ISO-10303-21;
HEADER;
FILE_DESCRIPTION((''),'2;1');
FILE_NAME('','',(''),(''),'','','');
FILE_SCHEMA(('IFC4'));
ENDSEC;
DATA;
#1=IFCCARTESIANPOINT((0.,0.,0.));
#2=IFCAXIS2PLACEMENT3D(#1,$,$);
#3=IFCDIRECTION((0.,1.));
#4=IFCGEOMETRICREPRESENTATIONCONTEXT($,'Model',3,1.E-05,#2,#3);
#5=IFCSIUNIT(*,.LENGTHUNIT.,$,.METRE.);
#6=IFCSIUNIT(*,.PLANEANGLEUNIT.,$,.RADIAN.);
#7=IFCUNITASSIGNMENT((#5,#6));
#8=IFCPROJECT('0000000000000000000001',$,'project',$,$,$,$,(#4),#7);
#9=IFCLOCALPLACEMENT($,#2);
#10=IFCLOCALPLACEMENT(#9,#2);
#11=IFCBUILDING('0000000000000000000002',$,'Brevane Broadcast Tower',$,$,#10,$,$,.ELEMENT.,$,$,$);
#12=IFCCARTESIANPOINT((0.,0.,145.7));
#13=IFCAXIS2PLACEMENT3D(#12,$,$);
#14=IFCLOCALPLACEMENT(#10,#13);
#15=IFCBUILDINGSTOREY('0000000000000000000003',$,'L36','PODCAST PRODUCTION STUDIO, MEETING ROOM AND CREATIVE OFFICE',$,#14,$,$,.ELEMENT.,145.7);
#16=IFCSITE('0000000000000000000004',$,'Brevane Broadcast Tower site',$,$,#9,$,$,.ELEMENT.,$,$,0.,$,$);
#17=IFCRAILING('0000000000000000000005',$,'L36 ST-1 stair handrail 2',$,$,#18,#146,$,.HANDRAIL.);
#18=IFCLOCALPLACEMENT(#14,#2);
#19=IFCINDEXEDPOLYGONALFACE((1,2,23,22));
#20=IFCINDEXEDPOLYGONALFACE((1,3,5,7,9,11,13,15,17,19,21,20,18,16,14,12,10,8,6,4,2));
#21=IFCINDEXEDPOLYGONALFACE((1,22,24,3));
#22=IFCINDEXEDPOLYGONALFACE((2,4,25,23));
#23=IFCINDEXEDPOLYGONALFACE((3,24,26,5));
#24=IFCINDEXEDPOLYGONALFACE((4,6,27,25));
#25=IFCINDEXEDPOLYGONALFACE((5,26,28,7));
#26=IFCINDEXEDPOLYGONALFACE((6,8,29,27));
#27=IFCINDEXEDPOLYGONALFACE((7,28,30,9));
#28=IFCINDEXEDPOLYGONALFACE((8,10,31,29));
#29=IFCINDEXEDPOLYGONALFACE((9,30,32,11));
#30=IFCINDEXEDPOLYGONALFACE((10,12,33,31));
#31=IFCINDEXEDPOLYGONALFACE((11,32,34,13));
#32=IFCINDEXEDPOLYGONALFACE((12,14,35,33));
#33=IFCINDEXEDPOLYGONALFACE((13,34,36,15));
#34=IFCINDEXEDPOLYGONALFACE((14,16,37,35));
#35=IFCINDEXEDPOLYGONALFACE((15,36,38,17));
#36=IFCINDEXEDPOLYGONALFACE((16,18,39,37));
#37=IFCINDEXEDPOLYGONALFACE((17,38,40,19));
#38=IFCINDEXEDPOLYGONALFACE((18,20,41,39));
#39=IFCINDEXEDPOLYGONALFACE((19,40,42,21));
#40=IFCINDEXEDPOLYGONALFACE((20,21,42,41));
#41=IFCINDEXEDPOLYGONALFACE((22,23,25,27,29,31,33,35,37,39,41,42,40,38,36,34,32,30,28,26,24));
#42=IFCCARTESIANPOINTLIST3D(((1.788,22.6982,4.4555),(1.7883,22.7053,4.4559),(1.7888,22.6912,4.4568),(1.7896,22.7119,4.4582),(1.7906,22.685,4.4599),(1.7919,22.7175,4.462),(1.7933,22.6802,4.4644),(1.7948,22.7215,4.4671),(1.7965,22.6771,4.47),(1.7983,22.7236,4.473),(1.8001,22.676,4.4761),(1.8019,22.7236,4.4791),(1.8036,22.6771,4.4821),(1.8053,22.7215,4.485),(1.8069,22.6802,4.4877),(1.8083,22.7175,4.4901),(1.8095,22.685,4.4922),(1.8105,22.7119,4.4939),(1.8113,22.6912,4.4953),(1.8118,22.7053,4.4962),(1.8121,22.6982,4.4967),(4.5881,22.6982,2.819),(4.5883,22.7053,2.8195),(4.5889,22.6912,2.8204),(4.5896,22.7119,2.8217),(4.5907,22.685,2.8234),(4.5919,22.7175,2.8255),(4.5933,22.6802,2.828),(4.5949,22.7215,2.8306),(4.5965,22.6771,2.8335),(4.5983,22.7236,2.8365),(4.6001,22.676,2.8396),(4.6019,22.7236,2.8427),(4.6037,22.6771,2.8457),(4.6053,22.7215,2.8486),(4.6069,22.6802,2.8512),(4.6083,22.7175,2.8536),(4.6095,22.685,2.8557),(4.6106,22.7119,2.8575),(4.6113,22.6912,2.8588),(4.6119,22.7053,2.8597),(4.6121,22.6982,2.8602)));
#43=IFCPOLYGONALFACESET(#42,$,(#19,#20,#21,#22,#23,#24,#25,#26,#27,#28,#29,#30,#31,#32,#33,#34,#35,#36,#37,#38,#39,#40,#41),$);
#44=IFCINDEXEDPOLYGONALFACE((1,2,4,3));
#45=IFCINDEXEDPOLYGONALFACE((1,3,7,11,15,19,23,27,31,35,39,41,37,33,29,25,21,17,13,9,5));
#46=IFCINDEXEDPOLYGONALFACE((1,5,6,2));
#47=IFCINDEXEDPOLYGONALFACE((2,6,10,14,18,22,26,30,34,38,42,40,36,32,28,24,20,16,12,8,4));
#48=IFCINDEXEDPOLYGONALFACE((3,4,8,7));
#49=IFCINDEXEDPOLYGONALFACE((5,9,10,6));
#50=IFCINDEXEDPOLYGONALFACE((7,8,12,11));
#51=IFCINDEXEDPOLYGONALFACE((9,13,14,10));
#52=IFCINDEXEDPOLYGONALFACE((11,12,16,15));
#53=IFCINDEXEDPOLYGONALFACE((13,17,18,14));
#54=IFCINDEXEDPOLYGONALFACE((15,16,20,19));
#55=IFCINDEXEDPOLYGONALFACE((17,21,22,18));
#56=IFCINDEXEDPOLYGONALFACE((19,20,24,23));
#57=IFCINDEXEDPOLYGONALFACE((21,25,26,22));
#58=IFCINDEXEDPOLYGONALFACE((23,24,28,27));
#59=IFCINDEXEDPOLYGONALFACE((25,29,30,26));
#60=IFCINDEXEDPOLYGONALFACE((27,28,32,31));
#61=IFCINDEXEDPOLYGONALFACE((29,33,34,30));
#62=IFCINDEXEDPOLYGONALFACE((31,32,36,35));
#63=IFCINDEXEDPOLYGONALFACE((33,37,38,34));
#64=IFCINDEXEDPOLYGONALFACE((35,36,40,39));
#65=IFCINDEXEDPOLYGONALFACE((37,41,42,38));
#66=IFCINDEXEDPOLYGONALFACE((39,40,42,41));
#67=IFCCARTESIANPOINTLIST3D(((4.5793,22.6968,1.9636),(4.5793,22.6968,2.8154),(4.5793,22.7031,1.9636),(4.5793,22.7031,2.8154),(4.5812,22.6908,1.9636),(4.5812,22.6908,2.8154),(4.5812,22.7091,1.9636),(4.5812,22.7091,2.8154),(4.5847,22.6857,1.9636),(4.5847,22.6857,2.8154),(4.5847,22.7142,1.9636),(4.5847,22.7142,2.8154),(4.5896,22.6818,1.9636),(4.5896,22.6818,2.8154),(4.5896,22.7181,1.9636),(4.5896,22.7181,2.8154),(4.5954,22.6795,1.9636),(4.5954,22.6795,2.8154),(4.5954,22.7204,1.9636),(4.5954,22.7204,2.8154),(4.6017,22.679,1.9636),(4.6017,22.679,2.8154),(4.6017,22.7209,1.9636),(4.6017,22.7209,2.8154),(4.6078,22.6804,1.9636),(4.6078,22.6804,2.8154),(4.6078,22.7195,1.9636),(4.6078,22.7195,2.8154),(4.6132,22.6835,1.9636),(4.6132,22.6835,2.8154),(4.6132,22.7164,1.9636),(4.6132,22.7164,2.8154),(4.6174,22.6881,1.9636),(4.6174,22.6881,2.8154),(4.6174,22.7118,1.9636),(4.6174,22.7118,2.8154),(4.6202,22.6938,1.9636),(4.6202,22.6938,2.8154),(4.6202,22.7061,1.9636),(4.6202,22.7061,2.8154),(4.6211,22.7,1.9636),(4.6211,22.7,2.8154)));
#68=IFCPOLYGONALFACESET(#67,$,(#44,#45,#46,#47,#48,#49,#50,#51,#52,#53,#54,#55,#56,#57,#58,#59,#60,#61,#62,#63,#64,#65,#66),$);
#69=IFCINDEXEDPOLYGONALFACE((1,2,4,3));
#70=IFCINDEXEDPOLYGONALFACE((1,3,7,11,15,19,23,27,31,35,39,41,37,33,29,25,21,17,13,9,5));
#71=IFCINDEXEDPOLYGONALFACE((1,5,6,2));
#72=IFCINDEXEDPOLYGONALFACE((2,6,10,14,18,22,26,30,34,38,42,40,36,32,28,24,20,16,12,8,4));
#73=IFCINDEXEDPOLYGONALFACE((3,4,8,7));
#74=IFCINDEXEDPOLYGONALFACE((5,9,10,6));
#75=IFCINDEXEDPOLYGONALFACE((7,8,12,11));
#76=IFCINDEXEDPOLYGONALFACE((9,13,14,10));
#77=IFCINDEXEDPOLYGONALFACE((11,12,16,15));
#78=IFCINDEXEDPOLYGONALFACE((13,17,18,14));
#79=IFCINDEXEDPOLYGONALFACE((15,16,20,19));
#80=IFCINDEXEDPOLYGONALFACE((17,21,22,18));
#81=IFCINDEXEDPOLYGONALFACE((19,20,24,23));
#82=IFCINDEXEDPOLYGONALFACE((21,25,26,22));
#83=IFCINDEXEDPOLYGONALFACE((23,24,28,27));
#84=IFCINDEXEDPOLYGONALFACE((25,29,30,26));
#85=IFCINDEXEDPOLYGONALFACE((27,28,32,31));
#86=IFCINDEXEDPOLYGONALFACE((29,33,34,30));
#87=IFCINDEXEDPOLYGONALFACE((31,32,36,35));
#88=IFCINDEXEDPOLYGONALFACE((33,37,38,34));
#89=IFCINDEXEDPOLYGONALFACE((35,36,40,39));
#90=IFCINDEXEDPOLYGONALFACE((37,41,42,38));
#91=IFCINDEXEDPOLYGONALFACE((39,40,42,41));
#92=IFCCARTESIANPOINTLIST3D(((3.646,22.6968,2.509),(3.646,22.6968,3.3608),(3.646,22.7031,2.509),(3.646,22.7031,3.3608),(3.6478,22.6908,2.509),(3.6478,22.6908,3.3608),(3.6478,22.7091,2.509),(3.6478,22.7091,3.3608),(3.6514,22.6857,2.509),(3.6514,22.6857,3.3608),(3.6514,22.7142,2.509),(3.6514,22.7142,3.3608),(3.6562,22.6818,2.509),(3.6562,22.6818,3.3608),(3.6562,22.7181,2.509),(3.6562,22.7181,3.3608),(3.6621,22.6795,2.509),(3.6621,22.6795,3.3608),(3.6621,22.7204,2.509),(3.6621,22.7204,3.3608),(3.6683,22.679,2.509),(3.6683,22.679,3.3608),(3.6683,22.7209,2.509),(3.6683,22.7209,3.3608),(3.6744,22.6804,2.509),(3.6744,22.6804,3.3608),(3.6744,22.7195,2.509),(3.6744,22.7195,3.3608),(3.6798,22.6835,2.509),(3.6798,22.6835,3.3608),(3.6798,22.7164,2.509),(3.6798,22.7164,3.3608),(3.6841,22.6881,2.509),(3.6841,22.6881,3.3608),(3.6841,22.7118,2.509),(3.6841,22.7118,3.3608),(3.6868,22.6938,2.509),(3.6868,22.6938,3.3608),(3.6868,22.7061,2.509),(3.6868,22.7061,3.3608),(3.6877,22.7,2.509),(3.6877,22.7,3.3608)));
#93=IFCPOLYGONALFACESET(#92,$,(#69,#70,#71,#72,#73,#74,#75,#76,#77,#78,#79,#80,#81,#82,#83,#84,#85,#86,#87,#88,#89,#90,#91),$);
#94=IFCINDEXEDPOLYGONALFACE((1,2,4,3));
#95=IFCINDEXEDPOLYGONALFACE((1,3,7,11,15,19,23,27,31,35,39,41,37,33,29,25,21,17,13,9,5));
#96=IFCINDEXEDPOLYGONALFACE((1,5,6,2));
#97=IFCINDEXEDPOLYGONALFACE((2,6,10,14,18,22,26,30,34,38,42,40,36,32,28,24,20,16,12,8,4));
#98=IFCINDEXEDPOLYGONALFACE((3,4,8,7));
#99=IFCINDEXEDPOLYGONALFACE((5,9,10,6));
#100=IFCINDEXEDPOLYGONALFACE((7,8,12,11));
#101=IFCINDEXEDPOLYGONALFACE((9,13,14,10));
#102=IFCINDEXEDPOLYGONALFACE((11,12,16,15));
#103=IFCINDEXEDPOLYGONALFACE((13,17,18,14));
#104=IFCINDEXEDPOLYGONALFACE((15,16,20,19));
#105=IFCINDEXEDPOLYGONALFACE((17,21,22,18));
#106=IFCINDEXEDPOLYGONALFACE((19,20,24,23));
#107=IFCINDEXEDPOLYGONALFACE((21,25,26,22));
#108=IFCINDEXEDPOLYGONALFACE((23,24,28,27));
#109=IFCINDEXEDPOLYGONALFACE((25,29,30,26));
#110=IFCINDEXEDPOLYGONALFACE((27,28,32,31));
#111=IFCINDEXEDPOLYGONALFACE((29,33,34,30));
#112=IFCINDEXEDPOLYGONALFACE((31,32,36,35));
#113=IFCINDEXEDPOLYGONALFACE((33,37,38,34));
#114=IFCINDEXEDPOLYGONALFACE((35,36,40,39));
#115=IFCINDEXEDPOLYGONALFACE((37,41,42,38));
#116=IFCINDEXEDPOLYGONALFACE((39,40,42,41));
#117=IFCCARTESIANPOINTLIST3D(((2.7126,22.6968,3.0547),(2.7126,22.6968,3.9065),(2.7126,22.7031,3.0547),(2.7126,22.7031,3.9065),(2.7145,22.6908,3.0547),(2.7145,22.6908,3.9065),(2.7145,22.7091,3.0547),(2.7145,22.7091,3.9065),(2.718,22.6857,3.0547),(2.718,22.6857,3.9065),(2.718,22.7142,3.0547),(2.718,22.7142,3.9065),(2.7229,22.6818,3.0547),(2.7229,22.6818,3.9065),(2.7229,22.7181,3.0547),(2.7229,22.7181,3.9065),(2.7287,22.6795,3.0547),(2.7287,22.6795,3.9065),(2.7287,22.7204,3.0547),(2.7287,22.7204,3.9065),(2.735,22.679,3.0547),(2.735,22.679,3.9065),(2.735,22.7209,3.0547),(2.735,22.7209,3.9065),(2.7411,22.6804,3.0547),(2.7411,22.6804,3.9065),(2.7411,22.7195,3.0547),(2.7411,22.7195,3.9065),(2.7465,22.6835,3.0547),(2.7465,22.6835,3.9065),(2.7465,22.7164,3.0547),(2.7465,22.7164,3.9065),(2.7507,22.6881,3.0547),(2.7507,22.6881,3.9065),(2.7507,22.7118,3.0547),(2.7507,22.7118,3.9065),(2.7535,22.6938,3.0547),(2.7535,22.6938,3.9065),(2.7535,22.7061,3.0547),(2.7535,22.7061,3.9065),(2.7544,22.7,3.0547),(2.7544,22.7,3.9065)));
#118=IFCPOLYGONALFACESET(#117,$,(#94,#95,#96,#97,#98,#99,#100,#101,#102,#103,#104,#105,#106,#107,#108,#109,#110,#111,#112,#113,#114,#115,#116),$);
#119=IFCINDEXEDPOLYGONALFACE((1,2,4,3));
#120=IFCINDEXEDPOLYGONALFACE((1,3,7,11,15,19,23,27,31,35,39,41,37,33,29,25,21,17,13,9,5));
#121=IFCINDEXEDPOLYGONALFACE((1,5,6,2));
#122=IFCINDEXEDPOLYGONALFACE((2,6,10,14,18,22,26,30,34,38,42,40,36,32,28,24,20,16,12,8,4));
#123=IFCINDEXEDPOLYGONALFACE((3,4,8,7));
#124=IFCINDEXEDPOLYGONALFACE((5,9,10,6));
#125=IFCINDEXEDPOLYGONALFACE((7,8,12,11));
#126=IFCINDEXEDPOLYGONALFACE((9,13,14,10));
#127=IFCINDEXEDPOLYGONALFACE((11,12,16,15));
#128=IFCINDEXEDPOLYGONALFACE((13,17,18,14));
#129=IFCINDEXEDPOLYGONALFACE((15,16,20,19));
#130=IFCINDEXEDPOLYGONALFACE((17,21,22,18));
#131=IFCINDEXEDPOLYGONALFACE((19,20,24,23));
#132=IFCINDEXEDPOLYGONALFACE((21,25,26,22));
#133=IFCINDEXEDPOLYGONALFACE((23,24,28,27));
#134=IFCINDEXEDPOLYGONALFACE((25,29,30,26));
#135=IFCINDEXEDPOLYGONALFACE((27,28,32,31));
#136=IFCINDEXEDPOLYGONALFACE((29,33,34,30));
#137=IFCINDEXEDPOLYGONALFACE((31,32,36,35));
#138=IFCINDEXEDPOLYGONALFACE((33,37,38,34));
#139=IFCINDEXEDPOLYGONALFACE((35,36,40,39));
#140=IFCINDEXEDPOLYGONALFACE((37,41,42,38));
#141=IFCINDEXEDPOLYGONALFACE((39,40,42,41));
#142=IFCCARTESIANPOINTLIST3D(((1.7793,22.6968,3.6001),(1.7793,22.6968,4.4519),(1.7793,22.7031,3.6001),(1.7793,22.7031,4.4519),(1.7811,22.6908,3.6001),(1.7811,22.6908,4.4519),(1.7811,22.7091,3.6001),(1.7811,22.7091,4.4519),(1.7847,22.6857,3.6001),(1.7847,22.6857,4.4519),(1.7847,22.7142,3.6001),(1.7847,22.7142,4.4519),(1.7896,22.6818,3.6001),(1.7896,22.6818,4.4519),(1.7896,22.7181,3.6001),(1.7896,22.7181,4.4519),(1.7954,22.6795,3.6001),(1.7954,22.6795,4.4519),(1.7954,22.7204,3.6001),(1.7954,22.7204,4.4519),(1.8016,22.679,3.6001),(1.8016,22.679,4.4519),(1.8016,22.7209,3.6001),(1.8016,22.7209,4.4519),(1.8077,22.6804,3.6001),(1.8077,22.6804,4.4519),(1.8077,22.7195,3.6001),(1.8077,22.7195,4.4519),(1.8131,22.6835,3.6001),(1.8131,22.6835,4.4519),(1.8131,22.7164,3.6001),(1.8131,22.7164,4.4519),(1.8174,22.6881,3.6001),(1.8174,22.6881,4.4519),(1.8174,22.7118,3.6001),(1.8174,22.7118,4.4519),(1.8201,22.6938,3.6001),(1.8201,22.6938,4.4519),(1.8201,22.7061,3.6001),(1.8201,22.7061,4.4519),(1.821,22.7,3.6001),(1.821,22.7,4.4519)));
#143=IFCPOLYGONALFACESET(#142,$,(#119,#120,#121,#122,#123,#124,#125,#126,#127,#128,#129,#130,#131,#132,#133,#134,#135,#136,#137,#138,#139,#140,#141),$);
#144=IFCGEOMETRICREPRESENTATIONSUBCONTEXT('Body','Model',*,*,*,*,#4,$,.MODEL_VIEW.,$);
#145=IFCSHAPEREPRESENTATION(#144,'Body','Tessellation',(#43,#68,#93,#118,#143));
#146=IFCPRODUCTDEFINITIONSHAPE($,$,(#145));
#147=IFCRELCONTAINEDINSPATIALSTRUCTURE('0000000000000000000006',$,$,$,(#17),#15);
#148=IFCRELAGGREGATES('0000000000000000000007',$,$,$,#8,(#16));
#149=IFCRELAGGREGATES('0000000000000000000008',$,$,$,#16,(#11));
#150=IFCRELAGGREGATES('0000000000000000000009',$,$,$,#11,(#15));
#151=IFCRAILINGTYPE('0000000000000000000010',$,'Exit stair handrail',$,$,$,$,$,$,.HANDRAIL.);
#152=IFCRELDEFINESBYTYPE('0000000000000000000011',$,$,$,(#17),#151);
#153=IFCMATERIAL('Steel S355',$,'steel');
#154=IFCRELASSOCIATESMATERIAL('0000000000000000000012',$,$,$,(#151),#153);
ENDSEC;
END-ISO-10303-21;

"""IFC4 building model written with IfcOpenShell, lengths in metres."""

from ifc_helpers import new_model, si_unit, direction, frame, origin, origin_2d, place, context, subcontext, project, spatial, circle, extrude, material, type_object, element, save


model = new_model("IFC4")

# Units and contexts
model_context = context("Model", 3, precision=1e-05, world=origin(), true_north=direction((0.0, 1.0)))
body_context = subcontext(model_context, "Body", "Model", "MODEL_VIEW")
ifc_project = project(units=[si_unit("LENGTHUNIT", "METRE"), si_unit("PLANEANGLEUNIT", "RADIAN")], contexts=[model_context])

# Site, building, storey
site_placement = place(None, origin())
site = spatial("IfcSite", under=ifc_project, at=site_placement, Name="Brevane Broadcast Tower site", CompositionType="ELEMENT", RefElevation=0.0)
building_placement = place(site_placement, origin())
building = spatial("IfcBuilding", under=site, at=building_placement, Name="Brevane Broadcast Tower", CompositionType="ELEMENT")
storey_placement = place(building_placement, frame((0.0, 0.0, 145.7)))
storey = spatial("IfcBuildingStorey", under=building, at=storey_placement, Name="L36", Description="PODCAST PRODUCTION STUDIO, MEETING ROOM AND CREATIVE OFFICE", CompositionType="ELEMENT", Elevation=145.7)

# Railing
ifc_material_1 = material(Name="Steel S355", Category="steel")
railing_type_1 = type_object("IfcRailingType", Name="Exit stair handrail", PredefinedType="HANDRAIL", material=ifc_material_1)
railing_1_placement = place(storey_placement, frame((4.6001, 22.7, 1.9636)))
element("IfcRailing", 1, at=railing_1_placement, inside=storey, type_object=railing_type_1, Name="L36 ST-1 stair handrail 2", PredefinedType="HANDRAIL", context=body_context, shape_type="SweptSolid", body=[
    extrude(circle(Radius=0.0239, at=origin_2d()), frame((0.0, 0.0, 0.876), z_axis=(-0.863361, 0.0, 0.504587), x_axis=(0.0, -1.0, 0.0)), (0.0, 0.0, 1.0), 3.2432),
    extrude(circle(Radius=0.021, at=origin_2d()), origin(), (0.0, 0.0, 1.0), 0.8518),
    extrude(circle(Radius=0.021, at=origin_2d()), frame((-0.9333, 0.0, 0.5454)), (0.0, 0.0, 1.0), 0.8518),
    extrude(circle(Radius=0.021, at=origin_2d()), frame((-1.8667, 0.0, 1.0911)), (0.0, 0.0, 1.0), 0.8518),
    extrude(circle(Radius=0.021, at=origin_2d()), frame((-2.8, 0.0, 1.6365)), (0.0, 0.0, 1.0), 0.8518),
])

save(model, "model.ifc")
